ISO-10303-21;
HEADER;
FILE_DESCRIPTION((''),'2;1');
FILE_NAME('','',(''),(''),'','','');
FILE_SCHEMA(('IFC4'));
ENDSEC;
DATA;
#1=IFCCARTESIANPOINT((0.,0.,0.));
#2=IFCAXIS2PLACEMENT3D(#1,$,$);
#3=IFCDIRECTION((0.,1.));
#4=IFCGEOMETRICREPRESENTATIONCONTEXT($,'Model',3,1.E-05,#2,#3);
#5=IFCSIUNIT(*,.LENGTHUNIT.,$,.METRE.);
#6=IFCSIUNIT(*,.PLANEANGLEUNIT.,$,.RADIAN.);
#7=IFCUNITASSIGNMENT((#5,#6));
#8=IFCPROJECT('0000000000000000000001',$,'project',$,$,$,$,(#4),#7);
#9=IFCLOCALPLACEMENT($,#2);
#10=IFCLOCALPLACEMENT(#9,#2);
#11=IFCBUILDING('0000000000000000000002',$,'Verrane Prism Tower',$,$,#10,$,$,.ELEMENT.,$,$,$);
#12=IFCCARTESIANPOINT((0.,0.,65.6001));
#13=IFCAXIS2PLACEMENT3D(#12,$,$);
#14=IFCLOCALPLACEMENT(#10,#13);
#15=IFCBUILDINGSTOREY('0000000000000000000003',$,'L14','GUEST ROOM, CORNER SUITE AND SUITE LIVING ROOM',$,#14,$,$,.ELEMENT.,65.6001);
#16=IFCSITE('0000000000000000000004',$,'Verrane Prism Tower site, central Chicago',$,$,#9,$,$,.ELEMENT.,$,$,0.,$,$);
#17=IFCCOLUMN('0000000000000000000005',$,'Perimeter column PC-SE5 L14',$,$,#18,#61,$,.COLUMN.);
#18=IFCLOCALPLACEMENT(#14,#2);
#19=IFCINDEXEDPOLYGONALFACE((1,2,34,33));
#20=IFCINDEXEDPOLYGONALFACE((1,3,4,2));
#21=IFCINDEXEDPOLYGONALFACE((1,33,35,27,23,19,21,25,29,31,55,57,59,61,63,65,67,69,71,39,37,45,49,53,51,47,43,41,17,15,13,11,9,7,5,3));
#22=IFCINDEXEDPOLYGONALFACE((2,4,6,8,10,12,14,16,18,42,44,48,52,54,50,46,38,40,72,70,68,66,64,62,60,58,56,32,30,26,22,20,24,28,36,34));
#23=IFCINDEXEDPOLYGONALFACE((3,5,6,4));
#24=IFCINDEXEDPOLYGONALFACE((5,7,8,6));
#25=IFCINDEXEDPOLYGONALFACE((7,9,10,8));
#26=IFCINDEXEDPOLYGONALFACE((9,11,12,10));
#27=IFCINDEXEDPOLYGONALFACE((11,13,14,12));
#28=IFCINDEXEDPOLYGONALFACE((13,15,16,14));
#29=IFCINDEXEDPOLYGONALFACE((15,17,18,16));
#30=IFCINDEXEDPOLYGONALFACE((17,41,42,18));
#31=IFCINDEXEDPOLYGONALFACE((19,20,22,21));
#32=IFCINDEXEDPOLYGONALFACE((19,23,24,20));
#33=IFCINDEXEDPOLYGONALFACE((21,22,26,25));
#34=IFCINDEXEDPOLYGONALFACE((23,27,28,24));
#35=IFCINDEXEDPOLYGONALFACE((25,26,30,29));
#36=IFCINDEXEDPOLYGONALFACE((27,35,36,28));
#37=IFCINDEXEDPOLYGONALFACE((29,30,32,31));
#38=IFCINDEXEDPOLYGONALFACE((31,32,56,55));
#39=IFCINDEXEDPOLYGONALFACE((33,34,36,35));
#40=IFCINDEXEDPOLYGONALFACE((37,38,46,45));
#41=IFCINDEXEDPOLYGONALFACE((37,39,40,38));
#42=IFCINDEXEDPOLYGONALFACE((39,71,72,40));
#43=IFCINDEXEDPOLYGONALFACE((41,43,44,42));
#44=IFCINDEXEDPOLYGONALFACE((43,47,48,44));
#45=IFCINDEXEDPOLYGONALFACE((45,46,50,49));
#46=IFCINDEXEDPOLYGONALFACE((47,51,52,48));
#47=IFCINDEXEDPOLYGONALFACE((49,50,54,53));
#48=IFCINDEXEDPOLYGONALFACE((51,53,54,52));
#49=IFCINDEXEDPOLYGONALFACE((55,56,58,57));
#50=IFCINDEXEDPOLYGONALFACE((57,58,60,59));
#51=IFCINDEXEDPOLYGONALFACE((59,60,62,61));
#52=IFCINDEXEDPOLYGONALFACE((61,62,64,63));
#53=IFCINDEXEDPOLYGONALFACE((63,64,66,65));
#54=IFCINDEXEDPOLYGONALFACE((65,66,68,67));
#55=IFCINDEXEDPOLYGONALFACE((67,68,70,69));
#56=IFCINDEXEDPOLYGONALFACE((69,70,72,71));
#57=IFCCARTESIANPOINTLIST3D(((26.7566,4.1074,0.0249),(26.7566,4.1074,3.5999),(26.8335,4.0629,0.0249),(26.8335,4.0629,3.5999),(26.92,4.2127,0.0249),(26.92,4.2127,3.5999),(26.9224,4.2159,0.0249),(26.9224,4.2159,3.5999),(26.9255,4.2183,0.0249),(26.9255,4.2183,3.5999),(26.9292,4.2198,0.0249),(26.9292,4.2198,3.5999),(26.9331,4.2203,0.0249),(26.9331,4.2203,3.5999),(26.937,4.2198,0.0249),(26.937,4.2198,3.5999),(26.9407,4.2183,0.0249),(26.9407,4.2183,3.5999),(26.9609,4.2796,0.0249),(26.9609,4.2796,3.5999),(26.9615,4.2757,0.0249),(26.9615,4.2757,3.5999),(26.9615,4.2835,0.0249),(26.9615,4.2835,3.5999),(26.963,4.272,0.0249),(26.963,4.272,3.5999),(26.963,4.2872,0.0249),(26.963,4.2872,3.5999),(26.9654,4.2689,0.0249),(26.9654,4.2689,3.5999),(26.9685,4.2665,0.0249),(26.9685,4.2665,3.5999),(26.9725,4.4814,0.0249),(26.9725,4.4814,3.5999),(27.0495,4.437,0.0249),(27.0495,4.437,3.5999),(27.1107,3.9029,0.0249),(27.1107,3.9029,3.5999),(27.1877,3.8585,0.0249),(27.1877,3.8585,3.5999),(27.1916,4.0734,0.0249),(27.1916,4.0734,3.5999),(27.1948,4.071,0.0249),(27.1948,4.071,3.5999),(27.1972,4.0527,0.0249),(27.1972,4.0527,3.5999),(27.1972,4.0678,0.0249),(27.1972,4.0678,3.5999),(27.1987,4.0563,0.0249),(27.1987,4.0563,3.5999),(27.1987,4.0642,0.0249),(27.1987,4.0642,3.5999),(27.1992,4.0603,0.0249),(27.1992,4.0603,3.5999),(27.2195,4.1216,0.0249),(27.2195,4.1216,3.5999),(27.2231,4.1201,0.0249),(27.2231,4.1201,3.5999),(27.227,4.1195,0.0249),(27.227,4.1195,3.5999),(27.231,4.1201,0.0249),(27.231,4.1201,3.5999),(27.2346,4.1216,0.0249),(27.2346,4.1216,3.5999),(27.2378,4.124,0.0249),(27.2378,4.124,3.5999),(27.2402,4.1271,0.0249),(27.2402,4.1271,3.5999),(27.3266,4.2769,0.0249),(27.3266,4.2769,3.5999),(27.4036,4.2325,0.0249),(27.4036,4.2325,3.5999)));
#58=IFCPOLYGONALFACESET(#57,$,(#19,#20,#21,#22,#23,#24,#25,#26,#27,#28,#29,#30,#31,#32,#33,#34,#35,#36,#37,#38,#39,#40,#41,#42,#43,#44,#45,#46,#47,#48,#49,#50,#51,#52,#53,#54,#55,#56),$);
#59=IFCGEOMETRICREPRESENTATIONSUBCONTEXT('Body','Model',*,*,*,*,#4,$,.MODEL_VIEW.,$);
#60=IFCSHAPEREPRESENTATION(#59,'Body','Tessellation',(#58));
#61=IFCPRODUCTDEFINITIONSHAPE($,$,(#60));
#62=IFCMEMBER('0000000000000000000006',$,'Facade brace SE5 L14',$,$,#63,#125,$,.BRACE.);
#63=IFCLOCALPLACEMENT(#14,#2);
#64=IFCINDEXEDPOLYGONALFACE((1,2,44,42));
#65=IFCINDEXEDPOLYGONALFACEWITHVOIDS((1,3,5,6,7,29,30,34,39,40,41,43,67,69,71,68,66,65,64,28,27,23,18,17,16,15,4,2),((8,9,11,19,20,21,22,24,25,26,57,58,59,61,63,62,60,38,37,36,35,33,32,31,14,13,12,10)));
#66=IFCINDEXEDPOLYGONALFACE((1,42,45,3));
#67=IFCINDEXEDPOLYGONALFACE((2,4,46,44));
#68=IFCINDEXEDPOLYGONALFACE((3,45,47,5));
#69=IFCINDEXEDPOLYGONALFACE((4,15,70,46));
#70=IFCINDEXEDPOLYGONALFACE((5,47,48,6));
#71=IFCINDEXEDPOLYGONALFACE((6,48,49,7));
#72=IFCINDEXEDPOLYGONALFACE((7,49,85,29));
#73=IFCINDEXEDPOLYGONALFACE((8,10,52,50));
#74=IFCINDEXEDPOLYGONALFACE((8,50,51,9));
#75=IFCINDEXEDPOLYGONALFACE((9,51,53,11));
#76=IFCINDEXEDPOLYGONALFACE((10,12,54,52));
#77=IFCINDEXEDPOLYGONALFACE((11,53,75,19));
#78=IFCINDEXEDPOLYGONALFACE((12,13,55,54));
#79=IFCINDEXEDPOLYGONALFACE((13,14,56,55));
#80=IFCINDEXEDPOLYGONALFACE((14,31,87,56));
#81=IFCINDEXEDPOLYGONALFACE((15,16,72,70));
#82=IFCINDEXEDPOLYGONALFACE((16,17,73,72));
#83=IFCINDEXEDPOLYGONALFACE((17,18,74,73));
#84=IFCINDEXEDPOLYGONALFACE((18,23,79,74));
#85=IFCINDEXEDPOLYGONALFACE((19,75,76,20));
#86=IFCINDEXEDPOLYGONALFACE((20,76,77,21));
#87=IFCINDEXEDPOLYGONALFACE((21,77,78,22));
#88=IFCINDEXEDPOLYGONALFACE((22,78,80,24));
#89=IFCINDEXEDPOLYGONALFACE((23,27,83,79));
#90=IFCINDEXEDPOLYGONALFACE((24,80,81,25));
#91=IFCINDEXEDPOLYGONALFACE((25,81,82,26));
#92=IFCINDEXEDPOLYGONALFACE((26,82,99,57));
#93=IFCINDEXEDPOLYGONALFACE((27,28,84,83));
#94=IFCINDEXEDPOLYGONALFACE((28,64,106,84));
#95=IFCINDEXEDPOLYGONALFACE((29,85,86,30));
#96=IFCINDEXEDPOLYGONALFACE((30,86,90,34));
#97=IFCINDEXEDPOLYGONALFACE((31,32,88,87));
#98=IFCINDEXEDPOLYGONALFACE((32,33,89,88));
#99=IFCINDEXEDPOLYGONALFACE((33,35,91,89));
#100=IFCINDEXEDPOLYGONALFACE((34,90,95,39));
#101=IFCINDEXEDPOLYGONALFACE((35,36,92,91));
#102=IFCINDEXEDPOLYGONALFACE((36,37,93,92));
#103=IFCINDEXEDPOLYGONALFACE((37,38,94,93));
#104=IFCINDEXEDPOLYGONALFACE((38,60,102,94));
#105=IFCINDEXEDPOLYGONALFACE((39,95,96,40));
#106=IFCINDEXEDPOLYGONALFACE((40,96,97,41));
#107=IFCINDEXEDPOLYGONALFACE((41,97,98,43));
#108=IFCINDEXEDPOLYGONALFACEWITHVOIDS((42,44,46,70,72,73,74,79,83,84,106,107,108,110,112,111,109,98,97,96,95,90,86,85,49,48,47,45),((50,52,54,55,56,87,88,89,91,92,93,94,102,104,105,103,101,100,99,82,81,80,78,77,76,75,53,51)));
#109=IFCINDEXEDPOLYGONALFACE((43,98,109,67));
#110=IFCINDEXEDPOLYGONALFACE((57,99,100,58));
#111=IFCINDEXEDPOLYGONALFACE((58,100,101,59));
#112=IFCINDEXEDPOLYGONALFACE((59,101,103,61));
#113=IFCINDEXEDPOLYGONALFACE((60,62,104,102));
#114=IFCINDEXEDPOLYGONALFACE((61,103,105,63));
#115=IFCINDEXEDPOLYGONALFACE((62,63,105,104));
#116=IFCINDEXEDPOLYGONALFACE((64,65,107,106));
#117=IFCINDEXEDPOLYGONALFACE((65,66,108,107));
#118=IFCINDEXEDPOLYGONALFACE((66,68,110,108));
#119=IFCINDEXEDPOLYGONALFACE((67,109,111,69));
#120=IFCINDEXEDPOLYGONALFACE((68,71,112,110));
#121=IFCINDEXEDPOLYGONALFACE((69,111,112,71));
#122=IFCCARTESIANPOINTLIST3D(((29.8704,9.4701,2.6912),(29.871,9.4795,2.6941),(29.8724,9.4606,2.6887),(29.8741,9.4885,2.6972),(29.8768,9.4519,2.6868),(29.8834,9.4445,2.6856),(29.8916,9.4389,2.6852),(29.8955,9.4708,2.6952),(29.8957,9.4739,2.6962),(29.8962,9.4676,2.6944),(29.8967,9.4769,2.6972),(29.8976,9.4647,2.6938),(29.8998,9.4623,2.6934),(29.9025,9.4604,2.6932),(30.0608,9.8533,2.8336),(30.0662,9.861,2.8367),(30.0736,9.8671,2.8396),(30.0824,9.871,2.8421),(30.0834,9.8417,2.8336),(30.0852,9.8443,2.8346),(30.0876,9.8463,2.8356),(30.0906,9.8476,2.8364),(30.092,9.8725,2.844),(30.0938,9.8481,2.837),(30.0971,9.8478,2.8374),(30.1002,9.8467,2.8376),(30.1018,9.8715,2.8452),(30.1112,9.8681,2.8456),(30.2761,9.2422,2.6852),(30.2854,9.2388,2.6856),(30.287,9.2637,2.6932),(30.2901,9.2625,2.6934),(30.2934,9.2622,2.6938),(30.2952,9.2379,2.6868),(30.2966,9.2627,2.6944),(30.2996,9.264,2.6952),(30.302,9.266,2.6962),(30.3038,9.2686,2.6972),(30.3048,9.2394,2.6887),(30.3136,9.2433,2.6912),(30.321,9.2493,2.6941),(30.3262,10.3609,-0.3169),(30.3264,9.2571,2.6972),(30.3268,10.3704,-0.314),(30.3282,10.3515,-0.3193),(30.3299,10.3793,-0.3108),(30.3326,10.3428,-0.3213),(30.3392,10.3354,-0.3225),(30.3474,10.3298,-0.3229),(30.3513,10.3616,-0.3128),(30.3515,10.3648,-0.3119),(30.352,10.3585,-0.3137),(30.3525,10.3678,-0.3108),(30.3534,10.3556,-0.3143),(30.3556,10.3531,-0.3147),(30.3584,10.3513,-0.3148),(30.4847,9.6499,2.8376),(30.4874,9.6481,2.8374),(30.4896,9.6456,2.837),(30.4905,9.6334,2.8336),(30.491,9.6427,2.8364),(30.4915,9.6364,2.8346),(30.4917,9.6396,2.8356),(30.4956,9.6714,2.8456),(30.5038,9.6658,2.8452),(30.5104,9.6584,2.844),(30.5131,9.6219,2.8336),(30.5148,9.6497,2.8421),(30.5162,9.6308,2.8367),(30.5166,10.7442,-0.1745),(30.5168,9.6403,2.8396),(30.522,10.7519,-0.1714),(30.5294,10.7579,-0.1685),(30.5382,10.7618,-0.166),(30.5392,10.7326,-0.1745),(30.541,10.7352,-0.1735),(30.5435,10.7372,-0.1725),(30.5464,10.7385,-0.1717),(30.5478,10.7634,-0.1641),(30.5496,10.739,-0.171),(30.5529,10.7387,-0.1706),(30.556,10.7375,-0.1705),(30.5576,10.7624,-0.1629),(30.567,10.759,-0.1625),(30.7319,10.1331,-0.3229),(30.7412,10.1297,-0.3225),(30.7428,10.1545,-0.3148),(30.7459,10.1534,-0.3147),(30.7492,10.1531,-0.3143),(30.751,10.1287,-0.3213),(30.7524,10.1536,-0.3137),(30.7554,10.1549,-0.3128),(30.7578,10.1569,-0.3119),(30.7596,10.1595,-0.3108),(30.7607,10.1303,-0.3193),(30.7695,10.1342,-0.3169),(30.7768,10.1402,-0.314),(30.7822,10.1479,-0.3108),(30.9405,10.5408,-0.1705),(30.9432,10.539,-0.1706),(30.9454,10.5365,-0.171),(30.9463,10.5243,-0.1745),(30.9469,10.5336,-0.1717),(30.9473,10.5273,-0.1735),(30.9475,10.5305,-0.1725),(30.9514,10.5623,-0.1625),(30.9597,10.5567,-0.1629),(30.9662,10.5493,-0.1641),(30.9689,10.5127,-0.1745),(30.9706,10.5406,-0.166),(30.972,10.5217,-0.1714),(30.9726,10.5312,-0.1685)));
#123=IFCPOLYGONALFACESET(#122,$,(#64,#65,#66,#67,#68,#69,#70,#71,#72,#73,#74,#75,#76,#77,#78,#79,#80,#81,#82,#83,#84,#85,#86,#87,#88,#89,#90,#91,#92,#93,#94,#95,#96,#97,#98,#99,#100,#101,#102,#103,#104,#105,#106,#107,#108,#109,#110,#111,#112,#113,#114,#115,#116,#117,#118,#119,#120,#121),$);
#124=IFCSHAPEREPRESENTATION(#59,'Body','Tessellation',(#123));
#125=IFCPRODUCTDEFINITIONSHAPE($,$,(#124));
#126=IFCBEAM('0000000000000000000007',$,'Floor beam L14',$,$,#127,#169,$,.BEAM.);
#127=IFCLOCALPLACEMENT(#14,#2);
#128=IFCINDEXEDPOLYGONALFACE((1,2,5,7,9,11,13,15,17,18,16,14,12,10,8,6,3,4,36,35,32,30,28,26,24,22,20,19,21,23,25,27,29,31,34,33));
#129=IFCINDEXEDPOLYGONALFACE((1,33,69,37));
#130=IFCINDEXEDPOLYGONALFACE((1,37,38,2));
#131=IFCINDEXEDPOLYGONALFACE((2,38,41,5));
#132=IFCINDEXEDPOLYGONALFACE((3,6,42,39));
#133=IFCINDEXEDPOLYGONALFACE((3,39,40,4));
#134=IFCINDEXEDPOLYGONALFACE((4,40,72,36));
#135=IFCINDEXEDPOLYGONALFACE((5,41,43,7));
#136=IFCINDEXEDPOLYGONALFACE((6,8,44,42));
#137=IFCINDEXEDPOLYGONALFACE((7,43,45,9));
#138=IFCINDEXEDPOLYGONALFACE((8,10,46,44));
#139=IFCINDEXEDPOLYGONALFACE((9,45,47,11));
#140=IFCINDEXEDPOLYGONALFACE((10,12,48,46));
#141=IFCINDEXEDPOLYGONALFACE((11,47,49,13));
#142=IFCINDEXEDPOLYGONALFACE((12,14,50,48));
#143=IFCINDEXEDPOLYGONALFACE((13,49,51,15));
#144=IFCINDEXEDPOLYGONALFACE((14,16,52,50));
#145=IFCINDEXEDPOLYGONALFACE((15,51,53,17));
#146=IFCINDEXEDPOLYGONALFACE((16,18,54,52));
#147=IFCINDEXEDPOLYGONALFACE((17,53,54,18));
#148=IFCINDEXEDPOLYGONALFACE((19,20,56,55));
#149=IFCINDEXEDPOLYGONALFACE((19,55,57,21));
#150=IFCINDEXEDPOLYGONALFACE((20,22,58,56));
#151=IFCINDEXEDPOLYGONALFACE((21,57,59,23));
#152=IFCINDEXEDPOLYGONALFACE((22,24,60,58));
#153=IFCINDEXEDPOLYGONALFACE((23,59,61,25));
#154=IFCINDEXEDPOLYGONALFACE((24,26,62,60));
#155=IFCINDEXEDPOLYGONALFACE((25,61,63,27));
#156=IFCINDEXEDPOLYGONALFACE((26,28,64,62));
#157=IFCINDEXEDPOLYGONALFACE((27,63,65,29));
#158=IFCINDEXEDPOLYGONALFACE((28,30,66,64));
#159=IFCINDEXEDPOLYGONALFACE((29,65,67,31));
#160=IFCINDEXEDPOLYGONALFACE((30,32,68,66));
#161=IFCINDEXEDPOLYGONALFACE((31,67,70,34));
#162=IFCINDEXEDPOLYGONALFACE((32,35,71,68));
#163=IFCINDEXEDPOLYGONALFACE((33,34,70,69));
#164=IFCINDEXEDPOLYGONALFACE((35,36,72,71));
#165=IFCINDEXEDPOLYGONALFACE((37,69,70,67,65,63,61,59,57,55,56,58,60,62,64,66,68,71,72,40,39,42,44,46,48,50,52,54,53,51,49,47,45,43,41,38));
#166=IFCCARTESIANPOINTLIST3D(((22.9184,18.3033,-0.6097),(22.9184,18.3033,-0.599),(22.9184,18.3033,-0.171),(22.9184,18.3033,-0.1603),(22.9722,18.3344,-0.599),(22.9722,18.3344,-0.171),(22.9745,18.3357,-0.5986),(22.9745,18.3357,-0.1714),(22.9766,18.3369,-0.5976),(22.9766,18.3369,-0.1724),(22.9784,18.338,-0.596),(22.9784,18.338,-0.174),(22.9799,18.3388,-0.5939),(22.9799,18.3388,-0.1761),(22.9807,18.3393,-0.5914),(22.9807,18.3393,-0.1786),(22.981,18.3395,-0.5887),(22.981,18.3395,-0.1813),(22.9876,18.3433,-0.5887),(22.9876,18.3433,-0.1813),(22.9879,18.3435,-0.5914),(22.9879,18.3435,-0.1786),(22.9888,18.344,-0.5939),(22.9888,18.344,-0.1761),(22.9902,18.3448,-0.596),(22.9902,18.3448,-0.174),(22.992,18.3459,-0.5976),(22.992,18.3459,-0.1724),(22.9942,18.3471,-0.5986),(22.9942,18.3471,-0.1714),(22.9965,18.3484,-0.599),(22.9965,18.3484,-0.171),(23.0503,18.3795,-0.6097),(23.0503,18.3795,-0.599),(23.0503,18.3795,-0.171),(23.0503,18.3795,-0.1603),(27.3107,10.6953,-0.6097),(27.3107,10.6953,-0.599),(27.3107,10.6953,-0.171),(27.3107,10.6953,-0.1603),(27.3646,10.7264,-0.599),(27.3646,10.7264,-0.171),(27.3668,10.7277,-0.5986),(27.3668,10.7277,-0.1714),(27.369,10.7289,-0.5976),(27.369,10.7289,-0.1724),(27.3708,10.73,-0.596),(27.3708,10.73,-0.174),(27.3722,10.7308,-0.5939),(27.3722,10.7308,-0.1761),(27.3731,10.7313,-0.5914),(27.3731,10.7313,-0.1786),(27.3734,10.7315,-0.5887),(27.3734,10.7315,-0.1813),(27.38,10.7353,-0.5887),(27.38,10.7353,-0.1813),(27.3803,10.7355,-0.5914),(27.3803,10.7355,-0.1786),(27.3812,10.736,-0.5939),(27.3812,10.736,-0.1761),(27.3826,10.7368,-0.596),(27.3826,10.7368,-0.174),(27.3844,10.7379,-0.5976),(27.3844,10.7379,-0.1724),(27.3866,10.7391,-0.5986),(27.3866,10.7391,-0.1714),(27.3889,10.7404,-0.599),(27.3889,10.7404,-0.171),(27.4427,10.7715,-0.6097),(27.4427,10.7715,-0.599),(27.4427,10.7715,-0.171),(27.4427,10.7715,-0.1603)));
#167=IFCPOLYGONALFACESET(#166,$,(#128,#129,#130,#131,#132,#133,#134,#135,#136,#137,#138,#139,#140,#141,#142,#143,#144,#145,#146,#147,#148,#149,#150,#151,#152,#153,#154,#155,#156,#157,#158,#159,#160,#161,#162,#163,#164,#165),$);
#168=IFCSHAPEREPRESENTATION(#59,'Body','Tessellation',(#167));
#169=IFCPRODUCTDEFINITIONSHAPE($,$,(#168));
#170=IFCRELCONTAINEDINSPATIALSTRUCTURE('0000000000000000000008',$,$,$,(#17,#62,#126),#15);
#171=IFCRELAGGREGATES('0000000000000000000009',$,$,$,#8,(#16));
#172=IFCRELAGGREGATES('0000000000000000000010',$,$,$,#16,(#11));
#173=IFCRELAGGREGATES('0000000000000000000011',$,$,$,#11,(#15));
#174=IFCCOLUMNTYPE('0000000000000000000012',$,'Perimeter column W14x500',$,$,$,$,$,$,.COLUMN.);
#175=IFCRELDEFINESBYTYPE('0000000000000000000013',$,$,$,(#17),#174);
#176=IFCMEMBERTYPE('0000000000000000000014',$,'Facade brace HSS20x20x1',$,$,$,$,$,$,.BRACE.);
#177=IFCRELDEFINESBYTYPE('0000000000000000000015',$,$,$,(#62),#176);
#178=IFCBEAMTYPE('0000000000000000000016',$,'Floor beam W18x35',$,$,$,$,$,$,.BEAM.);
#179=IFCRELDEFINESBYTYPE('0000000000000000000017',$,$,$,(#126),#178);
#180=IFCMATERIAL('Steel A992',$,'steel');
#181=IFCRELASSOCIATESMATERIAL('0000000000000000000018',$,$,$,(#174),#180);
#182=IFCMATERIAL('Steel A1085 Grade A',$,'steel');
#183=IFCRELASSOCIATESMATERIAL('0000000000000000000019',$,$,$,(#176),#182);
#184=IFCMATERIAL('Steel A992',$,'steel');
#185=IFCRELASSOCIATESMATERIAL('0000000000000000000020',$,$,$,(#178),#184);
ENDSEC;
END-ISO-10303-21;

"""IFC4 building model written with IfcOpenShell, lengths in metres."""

from ifc_helpers import new_model, si_unit, direction, frame, origin, origin_2d, place, context, subcontext, project, spatial, hollow_rectangle, i_section, extrude, material, material_profile, profile_set, type_object, element, save


model = new_model("IFC4")

# Units and contexts
model_context = context("Model", 3, precision=1e-05, world=origin(), true_north=direction((0.0, 1.0)))
body_context = subcontext(model_context, "Body", "Model", "MODEL_VIEW")
ifc_project = project(units=[si_unit("LENGTHUNIT", "METRE"), si_unit("PLANEANGLEUNIT", "RADIAN")], contexts=[model_context])

# Site, building, storey
site_placement = place(None, origin())
site = spatial("IfcSite", under=ifc_project, at=site_placement, Name="Verrane Prism Tower site, central Chicago", CompositionType="ELEMENT", RefElevation=0.0)
building_placement = place(site_placement, origin())
building = spatial("IfcBuilding", under=site, at=building_placement, Name="Verrane Prism Tower", CompositionType="ELEMENT")
storey_placement = place(building_placement, frame((0.0, 0.0, 65.6001)))
storey = spatial("IfcBuildingStorey", under=building, at=storey_placement, Name="L14", Description="GUEST ROOM, CORNER SUITE AND SUITE LIVING ROOM", CompositionType="ELEMENT", Elevation=65.6001)

# Column
ifc_material_1 = material(Name="Steel A992", Category="steel")
ifc_material_profile_1 = material_profile(ifc_material_1, i_section(OverallWidth=0.4319, OverallDepth=0.4978, WebThickness=0.0557, FlangeThickness=0.0889, FilletRadius=0.0151, at=origin_2d()), Name="W14x500")
ifc_profile_set_1 = profile_set([ifc_material_profile_1], Name="Steel A992")
column_type = type_object("IfcColumnType", Name="Perimeter column W14x500", PredefinedType="COLUMN", material=ifc_profile_set_1)
column_placement = place(storey_placement, frame((27.0801, 4.1699, 0.0249), z_axis=(0.0, 0.0, 1.0), x_axis=(-0.5, -0.866025, 0.0)))
element("IfcColumn", 1, at=column_placement, inside=storey, type_object=column_type, Name="Perimeter column PC-SE5 L14", PredefinedType="COLUMN", context=body_context, shape_type="SweptSolid", body=[
    extrude(i_section(OverallWidth=0.4319, OverallDepth=0.4978, WebThickness=0.0557, FlangeThickness=0.0889, FilletRadius=0.0151, at=origin_2d()), origin(), (0.0, 0.0, 1.0), 3.575),
])

# Member
ifc_material_2 = material(Name="Steel A1085 Grade A", Category="steel")
ifc_material_profile_2 = material_profile(ifc_material_2, hollow_rectangle(XDim=0.5081, YDim=0.5081, WallThickness=0.0254, InnerFilletRadius=0.0127, OuterFilletRadius=0.0381, at=origin_2d()), Name="HSS20x20x1")
ifc_profile_set_2 = profile_set([ifc_material_profile_2], Name="Steel A1085 Grade A")
member_type_1 = type_object("IfcMemberType", Name="Facade brace HSS20x20x1", PredefinedType="BRACE", material=ifc_profile_set_2)
member_1_placement = place(storey_placement, frame((30.6494, 10.446, -0.2427), z_axis=(-0.143782, -0.281018, 0.948871), x_axis=(0.890241, -0.455489, 0.0)))
element("IfcMember", 2, at=member_1_placement, inside=storey, type_object=member_type_1, Name="Facade brace SE5 L14", PredefinedType="BRACE", context=body_context, shape_type="SweptSolid", body=[
    extrude(hollow_rectangle(XDim=0.5081, YDim=0.5081, WallThickness=0.0254, InnerFilletRadius=0.0127, OuterFilletRadius=0.0381, at=origin_2d()), origin(), (0.0, 0.0, 1.0), 3.1702),
])

# Beam
ifc_material_3 = material(Name="Steel A992", Category="steel")
ifc_material_profile_3 = material_profile(ifc_material_3, i_section(OverallWidth=0.1523, OverallDepth=0.4495, WebThickness=0.0076, FlangeThickness=0.0107, FilletRadius=0.0103, at=origin_2d()), Name="W18x35")
ifc_profile_set_3 = profile_set([ifc_material_profile_3], Name="Steel A992")
beam_type_1 = type_object("IfcBeamType", Name="Floor beam W18x35", PredefinedType="BEAM", material=ifc_profile_set_3)
beam_1_placement = place(storey_placement, frame((27.3767, 10.7334, -0.385), z_axis=(-0.499992, 0.86603, 0.0), x_axis=(-0.86603, -0.499992, 0.0)))
element("IfcBeam", 3, at=beam_1_placement, inside=storey, type_object=beam_type_1, Name="Floor beam L14", PredefinedType="BEAM", context=body_context, shape_type="SweptSolid", body=[
    extrude(i_section(OverallWidth=0.1523, OverallDepth=0.4495, WebThickness=0.0076, FlangeThickness=0.0107, FilletRadius=0.0103, at=origin_2d()), origin(), (0.0, 0.0, 1.0), 8.7849),
])

save(model, "model.ifc")
